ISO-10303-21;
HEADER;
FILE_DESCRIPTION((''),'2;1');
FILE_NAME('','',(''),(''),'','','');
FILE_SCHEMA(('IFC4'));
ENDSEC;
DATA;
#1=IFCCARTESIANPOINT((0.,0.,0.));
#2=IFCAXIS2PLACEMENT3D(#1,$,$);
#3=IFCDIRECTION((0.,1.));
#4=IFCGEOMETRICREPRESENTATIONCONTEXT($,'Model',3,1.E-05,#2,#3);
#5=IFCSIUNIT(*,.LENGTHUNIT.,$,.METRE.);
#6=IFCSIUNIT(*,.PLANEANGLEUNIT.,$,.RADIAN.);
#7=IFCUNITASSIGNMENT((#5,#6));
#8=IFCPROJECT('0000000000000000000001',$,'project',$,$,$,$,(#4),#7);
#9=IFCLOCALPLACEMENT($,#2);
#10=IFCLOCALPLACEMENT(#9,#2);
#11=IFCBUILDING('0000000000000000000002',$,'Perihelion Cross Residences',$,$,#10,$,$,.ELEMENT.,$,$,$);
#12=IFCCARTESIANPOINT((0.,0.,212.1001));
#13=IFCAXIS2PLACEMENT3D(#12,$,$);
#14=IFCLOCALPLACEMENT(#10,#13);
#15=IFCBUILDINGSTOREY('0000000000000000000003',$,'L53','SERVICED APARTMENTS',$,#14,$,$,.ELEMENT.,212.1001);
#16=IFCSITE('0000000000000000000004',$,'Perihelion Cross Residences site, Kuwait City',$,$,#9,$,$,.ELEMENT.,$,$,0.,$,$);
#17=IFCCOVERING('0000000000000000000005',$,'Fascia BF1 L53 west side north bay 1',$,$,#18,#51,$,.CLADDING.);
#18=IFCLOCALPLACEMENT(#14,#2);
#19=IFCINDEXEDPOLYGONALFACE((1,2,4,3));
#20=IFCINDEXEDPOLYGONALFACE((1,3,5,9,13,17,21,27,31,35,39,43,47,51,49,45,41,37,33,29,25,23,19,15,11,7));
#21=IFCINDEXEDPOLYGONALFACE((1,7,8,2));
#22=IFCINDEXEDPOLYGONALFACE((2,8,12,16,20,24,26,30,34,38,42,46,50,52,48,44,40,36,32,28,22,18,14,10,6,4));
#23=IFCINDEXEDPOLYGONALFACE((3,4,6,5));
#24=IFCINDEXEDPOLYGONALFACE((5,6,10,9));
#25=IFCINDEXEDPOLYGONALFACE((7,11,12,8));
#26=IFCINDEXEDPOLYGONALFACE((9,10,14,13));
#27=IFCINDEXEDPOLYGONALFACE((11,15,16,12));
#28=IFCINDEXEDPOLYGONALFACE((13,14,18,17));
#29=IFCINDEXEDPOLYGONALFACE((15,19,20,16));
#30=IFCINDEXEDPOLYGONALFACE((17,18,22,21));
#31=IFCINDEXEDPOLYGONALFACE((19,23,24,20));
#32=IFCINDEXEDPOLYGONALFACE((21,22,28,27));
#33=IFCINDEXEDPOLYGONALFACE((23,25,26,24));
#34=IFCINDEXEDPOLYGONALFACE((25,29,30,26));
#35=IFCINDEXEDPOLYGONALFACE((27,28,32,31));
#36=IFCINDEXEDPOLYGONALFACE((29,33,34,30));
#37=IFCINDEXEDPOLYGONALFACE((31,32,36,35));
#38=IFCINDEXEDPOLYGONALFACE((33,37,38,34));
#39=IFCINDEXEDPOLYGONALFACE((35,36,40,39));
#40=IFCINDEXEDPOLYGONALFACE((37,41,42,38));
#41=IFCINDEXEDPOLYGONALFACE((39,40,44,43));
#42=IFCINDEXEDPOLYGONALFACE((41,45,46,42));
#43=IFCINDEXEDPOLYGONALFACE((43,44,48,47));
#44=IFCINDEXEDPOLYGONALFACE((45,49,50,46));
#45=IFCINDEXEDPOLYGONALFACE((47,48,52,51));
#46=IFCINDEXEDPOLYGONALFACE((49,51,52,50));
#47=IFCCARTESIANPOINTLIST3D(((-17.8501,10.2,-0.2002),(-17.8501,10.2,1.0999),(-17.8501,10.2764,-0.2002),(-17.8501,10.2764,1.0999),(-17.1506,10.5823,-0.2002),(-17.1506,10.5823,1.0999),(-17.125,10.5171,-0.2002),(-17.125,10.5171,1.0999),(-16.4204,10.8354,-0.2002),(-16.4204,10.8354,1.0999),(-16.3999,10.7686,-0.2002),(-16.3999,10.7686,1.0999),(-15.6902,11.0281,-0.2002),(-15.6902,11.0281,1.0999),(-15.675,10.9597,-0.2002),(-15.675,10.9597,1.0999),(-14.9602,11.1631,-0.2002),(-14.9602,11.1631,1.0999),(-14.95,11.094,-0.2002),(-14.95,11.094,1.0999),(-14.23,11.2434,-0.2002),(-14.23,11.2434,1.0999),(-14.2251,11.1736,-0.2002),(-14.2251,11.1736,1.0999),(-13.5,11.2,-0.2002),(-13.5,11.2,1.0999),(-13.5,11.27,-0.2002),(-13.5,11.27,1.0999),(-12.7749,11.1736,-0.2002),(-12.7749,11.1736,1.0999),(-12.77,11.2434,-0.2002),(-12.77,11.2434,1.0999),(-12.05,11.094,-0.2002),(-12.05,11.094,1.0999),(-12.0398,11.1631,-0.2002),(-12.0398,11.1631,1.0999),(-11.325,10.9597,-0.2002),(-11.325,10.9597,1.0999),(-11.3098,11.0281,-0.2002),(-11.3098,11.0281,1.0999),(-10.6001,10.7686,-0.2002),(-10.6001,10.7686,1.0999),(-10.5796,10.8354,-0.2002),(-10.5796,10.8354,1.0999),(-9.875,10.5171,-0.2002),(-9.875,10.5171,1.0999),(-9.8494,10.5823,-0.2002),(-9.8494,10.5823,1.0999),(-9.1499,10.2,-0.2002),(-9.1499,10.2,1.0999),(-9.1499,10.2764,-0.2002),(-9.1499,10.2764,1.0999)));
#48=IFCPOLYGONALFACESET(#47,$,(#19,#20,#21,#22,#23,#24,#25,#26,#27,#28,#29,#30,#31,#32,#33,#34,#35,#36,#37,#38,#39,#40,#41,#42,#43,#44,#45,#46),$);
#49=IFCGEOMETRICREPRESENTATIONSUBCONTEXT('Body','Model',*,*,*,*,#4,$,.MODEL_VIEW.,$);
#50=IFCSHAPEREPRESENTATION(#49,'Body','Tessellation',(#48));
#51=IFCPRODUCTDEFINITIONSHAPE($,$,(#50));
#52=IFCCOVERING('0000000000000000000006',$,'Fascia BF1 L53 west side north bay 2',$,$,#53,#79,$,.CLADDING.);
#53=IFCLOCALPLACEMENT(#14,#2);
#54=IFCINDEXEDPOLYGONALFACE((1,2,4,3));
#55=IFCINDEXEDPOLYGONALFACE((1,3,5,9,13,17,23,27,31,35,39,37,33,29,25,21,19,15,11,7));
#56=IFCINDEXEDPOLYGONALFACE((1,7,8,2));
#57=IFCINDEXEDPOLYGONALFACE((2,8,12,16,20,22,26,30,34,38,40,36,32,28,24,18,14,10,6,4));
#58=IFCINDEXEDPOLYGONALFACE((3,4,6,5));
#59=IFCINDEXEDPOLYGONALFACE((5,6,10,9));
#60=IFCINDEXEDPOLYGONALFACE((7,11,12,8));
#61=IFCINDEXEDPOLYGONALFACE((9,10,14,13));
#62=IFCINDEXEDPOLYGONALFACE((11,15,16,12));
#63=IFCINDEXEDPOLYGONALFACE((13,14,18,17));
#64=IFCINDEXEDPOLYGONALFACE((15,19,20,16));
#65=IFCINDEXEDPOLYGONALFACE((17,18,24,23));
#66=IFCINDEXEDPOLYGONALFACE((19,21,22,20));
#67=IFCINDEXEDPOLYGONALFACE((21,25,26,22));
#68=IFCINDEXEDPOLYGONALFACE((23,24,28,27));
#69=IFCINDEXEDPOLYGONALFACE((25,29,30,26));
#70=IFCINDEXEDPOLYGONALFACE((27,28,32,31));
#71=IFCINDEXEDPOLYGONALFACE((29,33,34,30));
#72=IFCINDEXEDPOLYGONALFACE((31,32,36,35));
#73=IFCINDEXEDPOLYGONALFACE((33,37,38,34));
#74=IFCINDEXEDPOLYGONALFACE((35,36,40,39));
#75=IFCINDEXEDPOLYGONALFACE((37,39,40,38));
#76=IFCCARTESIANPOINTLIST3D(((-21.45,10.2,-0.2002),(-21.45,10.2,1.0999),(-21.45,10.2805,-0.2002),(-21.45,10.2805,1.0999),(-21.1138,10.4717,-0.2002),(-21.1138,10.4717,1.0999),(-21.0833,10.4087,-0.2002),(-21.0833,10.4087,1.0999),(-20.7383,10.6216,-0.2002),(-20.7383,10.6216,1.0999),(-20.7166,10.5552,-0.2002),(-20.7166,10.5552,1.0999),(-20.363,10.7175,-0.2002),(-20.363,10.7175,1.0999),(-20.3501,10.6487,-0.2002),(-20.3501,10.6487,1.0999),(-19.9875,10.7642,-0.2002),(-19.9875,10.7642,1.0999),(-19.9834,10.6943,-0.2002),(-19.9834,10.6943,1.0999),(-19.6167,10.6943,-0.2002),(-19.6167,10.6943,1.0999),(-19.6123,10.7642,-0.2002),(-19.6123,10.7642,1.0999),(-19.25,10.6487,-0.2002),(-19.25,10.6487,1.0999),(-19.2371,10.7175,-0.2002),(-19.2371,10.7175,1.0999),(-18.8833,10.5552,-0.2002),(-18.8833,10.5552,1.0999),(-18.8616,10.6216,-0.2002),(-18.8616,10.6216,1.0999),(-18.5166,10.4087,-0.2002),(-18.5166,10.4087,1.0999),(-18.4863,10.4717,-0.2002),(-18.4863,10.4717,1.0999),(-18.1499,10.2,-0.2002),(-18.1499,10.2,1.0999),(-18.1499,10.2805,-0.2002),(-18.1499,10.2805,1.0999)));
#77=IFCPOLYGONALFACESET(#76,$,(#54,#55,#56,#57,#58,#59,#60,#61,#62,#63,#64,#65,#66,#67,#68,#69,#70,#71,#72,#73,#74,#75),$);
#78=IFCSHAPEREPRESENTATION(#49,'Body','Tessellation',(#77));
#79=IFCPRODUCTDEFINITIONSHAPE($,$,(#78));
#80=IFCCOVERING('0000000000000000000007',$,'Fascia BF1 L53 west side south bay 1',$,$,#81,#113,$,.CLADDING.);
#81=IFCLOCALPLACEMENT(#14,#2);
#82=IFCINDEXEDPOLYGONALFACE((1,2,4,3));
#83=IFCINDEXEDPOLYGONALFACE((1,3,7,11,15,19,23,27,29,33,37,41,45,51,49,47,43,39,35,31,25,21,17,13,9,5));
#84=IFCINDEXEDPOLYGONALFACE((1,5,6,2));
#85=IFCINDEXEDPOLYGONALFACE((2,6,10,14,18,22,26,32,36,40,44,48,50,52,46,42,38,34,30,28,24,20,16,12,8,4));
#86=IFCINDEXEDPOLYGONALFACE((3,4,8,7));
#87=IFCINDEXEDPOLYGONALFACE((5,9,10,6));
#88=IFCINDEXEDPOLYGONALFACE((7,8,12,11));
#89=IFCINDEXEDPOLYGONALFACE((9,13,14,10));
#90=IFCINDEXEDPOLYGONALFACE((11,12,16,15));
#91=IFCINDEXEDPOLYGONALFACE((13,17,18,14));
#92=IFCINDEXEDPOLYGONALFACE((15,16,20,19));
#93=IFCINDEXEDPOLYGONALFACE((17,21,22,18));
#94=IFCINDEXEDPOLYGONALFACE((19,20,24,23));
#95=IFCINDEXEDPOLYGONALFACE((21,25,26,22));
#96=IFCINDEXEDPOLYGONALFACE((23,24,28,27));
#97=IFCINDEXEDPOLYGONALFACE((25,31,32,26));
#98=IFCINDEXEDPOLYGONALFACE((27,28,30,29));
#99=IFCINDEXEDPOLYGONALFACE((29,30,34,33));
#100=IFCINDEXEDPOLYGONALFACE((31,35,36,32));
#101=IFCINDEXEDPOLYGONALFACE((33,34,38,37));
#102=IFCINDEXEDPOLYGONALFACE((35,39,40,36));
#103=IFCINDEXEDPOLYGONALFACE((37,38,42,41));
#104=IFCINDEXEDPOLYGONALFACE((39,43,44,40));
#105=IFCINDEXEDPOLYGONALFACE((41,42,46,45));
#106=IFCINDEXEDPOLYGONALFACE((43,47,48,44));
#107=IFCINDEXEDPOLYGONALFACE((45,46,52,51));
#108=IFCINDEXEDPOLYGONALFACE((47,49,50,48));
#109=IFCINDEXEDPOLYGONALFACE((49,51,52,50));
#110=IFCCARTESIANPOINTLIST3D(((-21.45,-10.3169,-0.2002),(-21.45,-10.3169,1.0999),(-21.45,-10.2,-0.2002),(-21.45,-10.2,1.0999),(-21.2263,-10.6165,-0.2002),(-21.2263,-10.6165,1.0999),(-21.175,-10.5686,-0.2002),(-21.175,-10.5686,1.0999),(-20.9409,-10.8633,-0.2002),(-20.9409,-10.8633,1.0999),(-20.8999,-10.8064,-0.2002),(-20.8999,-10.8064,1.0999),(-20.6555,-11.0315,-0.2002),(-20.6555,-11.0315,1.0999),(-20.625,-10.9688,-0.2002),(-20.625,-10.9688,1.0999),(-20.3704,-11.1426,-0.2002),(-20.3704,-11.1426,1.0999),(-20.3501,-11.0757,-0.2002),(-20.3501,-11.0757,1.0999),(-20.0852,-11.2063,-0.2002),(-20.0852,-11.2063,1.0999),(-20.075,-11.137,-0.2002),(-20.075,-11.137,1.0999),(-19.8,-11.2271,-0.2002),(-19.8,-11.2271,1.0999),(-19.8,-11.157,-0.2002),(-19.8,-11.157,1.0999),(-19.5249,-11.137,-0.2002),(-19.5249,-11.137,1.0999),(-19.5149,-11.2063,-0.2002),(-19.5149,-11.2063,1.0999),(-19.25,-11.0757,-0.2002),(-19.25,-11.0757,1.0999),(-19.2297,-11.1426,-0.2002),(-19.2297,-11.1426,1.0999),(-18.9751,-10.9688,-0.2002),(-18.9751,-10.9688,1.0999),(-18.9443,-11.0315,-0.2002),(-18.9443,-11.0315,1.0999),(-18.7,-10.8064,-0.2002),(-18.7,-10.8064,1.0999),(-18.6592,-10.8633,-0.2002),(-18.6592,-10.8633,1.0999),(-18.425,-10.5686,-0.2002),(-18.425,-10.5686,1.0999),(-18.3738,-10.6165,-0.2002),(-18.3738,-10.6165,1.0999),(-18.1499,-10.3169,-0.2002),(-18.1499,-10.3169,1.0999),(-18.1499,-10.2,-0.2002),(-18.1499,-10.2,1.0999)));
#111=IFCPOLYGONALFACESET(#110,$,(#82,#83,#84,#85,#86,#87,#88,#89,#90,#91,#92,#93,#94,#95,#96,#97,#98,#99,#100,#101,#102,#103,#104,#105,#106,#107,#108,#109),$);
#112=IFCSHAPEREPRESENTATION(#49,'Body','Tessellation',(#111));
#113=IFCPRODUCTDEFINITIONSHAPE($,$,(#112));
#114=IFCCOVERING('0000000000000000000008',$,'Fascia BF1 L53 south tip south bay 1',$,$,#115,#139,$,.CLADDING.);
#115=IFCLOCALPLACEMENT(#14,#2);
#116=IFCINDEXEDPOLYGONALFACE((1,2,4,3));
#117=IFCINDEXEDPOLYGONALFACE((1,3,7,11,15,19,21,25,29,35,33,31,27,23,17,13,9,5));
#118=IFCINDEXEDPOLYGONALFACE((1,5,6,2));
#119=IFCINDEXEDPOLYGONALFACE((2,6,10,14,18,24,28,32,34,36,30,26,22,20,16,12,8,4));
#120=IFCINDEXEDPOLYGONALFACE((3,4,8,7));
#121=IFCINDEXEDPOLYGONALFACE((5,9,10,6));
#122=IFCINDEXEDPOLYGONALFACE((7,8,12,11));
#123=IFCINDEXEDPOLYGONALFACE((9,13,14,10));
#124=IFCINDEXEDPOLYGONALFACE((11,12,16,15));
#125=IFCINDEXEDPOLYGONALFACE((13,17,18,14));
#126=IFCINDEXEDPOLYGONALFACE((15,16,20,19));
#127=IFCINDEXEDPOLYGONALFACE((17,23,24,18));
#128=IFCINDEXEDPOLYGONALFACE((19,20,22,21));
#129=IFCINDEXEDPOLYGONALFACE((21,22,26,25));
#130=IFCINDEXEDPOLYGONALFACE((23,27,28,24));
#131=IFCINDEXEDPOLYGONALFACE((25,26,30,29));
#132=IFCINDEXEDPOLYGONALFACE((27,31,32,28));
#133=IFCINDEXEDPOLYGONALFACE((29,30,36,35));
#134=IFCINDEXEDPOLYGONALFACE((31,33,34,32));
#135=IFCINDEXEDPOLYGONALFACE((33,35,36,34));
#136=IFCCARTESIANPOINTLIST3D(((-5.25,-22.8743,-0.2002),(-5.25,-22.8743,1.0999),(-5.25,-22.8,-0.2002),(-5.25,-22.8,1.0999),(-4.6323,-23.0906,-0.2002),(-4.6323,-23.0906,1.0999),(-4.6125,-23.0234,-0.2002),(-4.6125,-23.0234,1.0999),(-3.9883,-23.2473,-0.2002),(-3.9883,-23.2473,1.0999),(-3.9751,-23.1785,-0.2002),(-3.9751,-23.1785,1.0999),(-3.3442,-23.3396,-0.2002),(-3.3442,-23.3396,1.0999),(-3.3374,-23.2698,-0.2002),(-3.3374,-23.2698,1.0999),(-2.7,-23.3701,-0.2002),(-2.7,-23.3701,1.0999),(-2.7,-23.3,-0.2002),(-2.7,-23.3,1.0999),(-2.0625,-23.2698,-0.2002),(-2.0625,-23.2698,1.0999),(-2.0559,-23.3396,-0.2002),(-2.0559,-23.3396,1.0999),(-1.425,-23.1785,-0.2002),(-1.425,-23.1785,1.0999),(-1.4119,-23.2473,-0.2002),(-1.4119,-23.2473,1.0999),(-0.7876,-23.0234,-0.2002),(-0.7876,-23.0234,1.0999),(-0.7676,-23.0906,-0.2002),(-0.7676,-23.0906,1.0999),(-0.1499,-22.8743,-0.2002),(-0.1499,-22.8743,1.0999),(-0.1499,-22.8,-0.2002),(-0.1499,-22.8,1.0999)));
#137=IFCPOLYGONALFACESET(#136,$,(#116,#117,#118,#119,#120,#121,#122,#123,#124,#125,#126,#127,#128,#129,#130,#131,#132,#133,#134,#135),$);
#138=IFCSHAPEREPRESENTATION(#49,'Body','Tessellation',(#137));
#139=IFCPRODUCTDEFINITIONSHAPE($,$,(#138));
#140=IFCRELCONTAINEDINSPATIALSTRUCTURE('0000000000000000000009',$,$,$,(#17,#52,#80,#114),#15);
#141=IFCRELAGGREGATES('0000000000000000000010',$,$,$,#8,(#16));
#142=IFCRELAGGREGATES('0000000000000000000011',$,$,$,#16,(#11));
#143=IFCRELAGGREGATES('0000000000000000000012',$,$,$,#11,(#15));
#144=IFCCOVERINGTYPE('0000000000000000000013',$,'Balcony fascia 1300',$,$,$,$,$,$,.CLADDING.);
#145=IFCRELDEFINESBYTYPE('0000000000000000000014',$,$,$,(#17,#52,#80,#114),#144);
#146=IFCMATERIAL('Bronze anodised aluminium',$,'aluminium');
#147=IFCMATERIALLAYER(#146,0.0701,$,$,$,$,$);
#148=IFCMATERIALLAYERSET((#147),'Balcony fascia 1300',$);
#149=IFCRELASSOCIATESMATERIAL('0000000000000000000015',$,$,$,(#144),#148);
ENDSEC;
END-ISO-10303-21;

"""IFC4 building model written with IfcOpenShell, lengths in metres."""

from ifc_helpers import new_model, si_unit, direction, frame, origin, place, context, subcontext, project, spatial, polyline, outline, extrude, material, layer, layer_set, type_object, element, save


model = new_model("IFC4")

# Units and contexts
model_context = context("Model", 3, precision=1e-05, world=origin(), true_north=direction((0.0, 1.0)))
body_context = subcontext(model_context, "Body", "Model", "MODEL_VIEW")
ifc_project = project(units=[si_unit("LENGTHUNIT", "METRE"), si_unit("PLANEANGLEUNIT", "RADIAN")], contexts=[model_context])

# Site, building, storey
site_placement = place(None, origin())
site = spatial("IfcSite", under=ifc_project, at=site_placement, Name="Perihelion Cross Residences site, Kuwait City", CompositionType="ELEMENT", RefElevation=0.0)
building_placement = place(site_placement, origin())
building = spatial("IfcBuilding", under=site, at=building_placement, Name="Perihelion Cross Residences", CompositionType="ELEMENT")
storey_placement = place(building_placement, frame((0.0, 0.0, 212.1001)))
storey = spatial("IfcBuildingStorey", under=building, at=storey_placement, Name="L53", Description="SERVICED APARTMENTS", CompositionType="ELEMENT", Elevation=212.1001)

# Coverings
ifc_material_1 = material(Name="Bronze anodised aluminium", Category="aluminium")
ifc_layer_1 = layer(ifc_material_1, 0.0701)
ifc_layer_set_1 = layer_set([ifc_layer_1], Name="Balcony fascia 1300")
covering_type = type_object("IfcCoveringType", Name="Balcony fascia 1300", PredefinedType="CLADDING", material=ifc_layer_set_1)
covering_1_placement = place(storey_placement, frame((0.0, 0.0, -0.2002)))
element("IfcCovering", 1, at=covering_1_placement, inside=storey, type_object=covering_type, Name="Fascia BF1 L53 west side north bay 1", PredefinedType="CLADDING", context=body_context, shape_type="SweptSolid", body=[
    extrude(outline(polyline([(-9.8494, 10.5823), (-10.5796, 10.8354), (-11.3098, 11.0281), (-12.0398, 11.1631), (-12.77, 11.2434), (-13.5, 11.27), (-14.23, 11.2434), (-14.9602, 11.1631), (-15.6902, 11.0281), (-16.4204, 10.8354), (-17.1506, 10.5823), (-17.8501, 10.2764), (-17.8501, 10.2), (-17.125, 10.5171), (-16.3999, 10.7686), (-15.675, 10.9597), (-14.95, 11.094), (-14.2251, 11.1736), (-13.5, 11.2), (-12.7749, 11.1736), (-12.05, 11.094), (-11.325, 10.9597), (-10.6001, 10.7686), (-9.875, 10.5171), (-9.1499, 10.2), (-9.1499, 10.2764), (-9.8494, 10.5823)])), origin(), (0.0, 0.0, 1.0), 1.3),
])
covering_2_placement = place(storey_placement, frame((0.0, 0.0, -0.2002)))
element("IfcCovering", 2, at=covering_2_placement, inside=storey, type_object=covering_type, Name="Fascia BF1 L53 west side north bay 2", PredefinedType="CLADDING", context=body_context, shape_type="SweptSolid", body=[
    extrude(outline(polyline([(-18.4863, 10.4717), (-18.8616, 10.6216), (-19.2371, 10.7175), (-19.6123, 10.7642), (-19.9875, 10.7642), (-20.363, 10.7175), (-20.7383, 10.6216), (-21.1138, 10.4717), (-21.45, 10.2805), (-21.45, 10.2), (-21.0833, 10.4087), (-20.7166, 10.5552), (-20.3501, 10.6487), (-19.9834, 10.6943), (-19.6167, 10.6943), (-19.25, 10.6487), (-18.8833, 10.5552), (-18.5166, 10.4087), (-18.1499, 10.2), (-18.1499, 10.2805), (-18.4863, 10.4717)])), origin(), (0.0, 0.0, 1.0), 1.3),
])
covering_3_placement = place(storey_placement, frame((0.0, 0.0, -0.2002)))
element("IfcCovering", 3, at=covering_3_placement, inside=storey, type_object=covering_type, Name="Fascia BF1 L53 west side south bay 1", PredefinedType="CLADDING", context=body_context, shape_type="SweptSolid", body=[
    extrude(outline(polyline([(-21.2263, -10.6165), (-20.9409, -10.8633), (-20.6555, -11.0315), (-20.3704, -11.1426), (-20.0852, -11.2063), (-19.8, -11.2271), (-19.5149, -11.2063), (-19.2297, -11.1426), (-18.9443, -11.0315), (-18.6592, -10.8633), (-18.3738, -10.6165), (-18.1499, -10.3169), (-18.1499, -10.2), (-18.425, -10.5686), (-18.7, -10.8064), (-18.9751, -10.9688), (-19.25, -11.0757), (-19.5249, -11.137), (-19.8, -11.157), (-20.075, -11.137), (-20.3501, -11.0757), (-20.625, -10.9688), (-20.8999, -10.8064), (-21.175, -10.5686), (-21.45, -10.2), (-21.45, -10.3169), (-21.2263, -10.6165)])), origin(), (0.0, 0.0, 1.0), 1.3),
])
covering_4_placement = place(storey_placement, frame((0.0, 0.0, -0.2002)))
element("IfcCovering", 4, at=covering_4_placement, inside=storey, type_object=covering_type, Name="Fascia BF1 L53 south tip south bay 1", PredefinedType="CLADDING", context=body_context, shape_type="SweptSolid", body=[
    extrude(outline(polyline([(-4.6323, -23.0906), (-3.9883, -23.2473), (-3.3442, -23.3396), (-2.7, -23.3701), (-2.0559, -23.3396), (-1.4119, -23.2473), (-0.7676, -23.0906), (-0.1499, -22.8743), (-0.1499, -22.8), (-0.7876, -23.0234), (-1.425, -23.1785), (-2.0625, -23.2698), (-2.7, -23.3), (-3.3374, -23.2698), (-3.9751, -23.1785), (-4.6125, -23.0234), (-5.25, -22.8), (-5.25, -22.8743), (-4.6323, -23.0906)])), origin(), (0.0, 0.0, 1.0), 1.3),
])

save(model, "model.ifc")
